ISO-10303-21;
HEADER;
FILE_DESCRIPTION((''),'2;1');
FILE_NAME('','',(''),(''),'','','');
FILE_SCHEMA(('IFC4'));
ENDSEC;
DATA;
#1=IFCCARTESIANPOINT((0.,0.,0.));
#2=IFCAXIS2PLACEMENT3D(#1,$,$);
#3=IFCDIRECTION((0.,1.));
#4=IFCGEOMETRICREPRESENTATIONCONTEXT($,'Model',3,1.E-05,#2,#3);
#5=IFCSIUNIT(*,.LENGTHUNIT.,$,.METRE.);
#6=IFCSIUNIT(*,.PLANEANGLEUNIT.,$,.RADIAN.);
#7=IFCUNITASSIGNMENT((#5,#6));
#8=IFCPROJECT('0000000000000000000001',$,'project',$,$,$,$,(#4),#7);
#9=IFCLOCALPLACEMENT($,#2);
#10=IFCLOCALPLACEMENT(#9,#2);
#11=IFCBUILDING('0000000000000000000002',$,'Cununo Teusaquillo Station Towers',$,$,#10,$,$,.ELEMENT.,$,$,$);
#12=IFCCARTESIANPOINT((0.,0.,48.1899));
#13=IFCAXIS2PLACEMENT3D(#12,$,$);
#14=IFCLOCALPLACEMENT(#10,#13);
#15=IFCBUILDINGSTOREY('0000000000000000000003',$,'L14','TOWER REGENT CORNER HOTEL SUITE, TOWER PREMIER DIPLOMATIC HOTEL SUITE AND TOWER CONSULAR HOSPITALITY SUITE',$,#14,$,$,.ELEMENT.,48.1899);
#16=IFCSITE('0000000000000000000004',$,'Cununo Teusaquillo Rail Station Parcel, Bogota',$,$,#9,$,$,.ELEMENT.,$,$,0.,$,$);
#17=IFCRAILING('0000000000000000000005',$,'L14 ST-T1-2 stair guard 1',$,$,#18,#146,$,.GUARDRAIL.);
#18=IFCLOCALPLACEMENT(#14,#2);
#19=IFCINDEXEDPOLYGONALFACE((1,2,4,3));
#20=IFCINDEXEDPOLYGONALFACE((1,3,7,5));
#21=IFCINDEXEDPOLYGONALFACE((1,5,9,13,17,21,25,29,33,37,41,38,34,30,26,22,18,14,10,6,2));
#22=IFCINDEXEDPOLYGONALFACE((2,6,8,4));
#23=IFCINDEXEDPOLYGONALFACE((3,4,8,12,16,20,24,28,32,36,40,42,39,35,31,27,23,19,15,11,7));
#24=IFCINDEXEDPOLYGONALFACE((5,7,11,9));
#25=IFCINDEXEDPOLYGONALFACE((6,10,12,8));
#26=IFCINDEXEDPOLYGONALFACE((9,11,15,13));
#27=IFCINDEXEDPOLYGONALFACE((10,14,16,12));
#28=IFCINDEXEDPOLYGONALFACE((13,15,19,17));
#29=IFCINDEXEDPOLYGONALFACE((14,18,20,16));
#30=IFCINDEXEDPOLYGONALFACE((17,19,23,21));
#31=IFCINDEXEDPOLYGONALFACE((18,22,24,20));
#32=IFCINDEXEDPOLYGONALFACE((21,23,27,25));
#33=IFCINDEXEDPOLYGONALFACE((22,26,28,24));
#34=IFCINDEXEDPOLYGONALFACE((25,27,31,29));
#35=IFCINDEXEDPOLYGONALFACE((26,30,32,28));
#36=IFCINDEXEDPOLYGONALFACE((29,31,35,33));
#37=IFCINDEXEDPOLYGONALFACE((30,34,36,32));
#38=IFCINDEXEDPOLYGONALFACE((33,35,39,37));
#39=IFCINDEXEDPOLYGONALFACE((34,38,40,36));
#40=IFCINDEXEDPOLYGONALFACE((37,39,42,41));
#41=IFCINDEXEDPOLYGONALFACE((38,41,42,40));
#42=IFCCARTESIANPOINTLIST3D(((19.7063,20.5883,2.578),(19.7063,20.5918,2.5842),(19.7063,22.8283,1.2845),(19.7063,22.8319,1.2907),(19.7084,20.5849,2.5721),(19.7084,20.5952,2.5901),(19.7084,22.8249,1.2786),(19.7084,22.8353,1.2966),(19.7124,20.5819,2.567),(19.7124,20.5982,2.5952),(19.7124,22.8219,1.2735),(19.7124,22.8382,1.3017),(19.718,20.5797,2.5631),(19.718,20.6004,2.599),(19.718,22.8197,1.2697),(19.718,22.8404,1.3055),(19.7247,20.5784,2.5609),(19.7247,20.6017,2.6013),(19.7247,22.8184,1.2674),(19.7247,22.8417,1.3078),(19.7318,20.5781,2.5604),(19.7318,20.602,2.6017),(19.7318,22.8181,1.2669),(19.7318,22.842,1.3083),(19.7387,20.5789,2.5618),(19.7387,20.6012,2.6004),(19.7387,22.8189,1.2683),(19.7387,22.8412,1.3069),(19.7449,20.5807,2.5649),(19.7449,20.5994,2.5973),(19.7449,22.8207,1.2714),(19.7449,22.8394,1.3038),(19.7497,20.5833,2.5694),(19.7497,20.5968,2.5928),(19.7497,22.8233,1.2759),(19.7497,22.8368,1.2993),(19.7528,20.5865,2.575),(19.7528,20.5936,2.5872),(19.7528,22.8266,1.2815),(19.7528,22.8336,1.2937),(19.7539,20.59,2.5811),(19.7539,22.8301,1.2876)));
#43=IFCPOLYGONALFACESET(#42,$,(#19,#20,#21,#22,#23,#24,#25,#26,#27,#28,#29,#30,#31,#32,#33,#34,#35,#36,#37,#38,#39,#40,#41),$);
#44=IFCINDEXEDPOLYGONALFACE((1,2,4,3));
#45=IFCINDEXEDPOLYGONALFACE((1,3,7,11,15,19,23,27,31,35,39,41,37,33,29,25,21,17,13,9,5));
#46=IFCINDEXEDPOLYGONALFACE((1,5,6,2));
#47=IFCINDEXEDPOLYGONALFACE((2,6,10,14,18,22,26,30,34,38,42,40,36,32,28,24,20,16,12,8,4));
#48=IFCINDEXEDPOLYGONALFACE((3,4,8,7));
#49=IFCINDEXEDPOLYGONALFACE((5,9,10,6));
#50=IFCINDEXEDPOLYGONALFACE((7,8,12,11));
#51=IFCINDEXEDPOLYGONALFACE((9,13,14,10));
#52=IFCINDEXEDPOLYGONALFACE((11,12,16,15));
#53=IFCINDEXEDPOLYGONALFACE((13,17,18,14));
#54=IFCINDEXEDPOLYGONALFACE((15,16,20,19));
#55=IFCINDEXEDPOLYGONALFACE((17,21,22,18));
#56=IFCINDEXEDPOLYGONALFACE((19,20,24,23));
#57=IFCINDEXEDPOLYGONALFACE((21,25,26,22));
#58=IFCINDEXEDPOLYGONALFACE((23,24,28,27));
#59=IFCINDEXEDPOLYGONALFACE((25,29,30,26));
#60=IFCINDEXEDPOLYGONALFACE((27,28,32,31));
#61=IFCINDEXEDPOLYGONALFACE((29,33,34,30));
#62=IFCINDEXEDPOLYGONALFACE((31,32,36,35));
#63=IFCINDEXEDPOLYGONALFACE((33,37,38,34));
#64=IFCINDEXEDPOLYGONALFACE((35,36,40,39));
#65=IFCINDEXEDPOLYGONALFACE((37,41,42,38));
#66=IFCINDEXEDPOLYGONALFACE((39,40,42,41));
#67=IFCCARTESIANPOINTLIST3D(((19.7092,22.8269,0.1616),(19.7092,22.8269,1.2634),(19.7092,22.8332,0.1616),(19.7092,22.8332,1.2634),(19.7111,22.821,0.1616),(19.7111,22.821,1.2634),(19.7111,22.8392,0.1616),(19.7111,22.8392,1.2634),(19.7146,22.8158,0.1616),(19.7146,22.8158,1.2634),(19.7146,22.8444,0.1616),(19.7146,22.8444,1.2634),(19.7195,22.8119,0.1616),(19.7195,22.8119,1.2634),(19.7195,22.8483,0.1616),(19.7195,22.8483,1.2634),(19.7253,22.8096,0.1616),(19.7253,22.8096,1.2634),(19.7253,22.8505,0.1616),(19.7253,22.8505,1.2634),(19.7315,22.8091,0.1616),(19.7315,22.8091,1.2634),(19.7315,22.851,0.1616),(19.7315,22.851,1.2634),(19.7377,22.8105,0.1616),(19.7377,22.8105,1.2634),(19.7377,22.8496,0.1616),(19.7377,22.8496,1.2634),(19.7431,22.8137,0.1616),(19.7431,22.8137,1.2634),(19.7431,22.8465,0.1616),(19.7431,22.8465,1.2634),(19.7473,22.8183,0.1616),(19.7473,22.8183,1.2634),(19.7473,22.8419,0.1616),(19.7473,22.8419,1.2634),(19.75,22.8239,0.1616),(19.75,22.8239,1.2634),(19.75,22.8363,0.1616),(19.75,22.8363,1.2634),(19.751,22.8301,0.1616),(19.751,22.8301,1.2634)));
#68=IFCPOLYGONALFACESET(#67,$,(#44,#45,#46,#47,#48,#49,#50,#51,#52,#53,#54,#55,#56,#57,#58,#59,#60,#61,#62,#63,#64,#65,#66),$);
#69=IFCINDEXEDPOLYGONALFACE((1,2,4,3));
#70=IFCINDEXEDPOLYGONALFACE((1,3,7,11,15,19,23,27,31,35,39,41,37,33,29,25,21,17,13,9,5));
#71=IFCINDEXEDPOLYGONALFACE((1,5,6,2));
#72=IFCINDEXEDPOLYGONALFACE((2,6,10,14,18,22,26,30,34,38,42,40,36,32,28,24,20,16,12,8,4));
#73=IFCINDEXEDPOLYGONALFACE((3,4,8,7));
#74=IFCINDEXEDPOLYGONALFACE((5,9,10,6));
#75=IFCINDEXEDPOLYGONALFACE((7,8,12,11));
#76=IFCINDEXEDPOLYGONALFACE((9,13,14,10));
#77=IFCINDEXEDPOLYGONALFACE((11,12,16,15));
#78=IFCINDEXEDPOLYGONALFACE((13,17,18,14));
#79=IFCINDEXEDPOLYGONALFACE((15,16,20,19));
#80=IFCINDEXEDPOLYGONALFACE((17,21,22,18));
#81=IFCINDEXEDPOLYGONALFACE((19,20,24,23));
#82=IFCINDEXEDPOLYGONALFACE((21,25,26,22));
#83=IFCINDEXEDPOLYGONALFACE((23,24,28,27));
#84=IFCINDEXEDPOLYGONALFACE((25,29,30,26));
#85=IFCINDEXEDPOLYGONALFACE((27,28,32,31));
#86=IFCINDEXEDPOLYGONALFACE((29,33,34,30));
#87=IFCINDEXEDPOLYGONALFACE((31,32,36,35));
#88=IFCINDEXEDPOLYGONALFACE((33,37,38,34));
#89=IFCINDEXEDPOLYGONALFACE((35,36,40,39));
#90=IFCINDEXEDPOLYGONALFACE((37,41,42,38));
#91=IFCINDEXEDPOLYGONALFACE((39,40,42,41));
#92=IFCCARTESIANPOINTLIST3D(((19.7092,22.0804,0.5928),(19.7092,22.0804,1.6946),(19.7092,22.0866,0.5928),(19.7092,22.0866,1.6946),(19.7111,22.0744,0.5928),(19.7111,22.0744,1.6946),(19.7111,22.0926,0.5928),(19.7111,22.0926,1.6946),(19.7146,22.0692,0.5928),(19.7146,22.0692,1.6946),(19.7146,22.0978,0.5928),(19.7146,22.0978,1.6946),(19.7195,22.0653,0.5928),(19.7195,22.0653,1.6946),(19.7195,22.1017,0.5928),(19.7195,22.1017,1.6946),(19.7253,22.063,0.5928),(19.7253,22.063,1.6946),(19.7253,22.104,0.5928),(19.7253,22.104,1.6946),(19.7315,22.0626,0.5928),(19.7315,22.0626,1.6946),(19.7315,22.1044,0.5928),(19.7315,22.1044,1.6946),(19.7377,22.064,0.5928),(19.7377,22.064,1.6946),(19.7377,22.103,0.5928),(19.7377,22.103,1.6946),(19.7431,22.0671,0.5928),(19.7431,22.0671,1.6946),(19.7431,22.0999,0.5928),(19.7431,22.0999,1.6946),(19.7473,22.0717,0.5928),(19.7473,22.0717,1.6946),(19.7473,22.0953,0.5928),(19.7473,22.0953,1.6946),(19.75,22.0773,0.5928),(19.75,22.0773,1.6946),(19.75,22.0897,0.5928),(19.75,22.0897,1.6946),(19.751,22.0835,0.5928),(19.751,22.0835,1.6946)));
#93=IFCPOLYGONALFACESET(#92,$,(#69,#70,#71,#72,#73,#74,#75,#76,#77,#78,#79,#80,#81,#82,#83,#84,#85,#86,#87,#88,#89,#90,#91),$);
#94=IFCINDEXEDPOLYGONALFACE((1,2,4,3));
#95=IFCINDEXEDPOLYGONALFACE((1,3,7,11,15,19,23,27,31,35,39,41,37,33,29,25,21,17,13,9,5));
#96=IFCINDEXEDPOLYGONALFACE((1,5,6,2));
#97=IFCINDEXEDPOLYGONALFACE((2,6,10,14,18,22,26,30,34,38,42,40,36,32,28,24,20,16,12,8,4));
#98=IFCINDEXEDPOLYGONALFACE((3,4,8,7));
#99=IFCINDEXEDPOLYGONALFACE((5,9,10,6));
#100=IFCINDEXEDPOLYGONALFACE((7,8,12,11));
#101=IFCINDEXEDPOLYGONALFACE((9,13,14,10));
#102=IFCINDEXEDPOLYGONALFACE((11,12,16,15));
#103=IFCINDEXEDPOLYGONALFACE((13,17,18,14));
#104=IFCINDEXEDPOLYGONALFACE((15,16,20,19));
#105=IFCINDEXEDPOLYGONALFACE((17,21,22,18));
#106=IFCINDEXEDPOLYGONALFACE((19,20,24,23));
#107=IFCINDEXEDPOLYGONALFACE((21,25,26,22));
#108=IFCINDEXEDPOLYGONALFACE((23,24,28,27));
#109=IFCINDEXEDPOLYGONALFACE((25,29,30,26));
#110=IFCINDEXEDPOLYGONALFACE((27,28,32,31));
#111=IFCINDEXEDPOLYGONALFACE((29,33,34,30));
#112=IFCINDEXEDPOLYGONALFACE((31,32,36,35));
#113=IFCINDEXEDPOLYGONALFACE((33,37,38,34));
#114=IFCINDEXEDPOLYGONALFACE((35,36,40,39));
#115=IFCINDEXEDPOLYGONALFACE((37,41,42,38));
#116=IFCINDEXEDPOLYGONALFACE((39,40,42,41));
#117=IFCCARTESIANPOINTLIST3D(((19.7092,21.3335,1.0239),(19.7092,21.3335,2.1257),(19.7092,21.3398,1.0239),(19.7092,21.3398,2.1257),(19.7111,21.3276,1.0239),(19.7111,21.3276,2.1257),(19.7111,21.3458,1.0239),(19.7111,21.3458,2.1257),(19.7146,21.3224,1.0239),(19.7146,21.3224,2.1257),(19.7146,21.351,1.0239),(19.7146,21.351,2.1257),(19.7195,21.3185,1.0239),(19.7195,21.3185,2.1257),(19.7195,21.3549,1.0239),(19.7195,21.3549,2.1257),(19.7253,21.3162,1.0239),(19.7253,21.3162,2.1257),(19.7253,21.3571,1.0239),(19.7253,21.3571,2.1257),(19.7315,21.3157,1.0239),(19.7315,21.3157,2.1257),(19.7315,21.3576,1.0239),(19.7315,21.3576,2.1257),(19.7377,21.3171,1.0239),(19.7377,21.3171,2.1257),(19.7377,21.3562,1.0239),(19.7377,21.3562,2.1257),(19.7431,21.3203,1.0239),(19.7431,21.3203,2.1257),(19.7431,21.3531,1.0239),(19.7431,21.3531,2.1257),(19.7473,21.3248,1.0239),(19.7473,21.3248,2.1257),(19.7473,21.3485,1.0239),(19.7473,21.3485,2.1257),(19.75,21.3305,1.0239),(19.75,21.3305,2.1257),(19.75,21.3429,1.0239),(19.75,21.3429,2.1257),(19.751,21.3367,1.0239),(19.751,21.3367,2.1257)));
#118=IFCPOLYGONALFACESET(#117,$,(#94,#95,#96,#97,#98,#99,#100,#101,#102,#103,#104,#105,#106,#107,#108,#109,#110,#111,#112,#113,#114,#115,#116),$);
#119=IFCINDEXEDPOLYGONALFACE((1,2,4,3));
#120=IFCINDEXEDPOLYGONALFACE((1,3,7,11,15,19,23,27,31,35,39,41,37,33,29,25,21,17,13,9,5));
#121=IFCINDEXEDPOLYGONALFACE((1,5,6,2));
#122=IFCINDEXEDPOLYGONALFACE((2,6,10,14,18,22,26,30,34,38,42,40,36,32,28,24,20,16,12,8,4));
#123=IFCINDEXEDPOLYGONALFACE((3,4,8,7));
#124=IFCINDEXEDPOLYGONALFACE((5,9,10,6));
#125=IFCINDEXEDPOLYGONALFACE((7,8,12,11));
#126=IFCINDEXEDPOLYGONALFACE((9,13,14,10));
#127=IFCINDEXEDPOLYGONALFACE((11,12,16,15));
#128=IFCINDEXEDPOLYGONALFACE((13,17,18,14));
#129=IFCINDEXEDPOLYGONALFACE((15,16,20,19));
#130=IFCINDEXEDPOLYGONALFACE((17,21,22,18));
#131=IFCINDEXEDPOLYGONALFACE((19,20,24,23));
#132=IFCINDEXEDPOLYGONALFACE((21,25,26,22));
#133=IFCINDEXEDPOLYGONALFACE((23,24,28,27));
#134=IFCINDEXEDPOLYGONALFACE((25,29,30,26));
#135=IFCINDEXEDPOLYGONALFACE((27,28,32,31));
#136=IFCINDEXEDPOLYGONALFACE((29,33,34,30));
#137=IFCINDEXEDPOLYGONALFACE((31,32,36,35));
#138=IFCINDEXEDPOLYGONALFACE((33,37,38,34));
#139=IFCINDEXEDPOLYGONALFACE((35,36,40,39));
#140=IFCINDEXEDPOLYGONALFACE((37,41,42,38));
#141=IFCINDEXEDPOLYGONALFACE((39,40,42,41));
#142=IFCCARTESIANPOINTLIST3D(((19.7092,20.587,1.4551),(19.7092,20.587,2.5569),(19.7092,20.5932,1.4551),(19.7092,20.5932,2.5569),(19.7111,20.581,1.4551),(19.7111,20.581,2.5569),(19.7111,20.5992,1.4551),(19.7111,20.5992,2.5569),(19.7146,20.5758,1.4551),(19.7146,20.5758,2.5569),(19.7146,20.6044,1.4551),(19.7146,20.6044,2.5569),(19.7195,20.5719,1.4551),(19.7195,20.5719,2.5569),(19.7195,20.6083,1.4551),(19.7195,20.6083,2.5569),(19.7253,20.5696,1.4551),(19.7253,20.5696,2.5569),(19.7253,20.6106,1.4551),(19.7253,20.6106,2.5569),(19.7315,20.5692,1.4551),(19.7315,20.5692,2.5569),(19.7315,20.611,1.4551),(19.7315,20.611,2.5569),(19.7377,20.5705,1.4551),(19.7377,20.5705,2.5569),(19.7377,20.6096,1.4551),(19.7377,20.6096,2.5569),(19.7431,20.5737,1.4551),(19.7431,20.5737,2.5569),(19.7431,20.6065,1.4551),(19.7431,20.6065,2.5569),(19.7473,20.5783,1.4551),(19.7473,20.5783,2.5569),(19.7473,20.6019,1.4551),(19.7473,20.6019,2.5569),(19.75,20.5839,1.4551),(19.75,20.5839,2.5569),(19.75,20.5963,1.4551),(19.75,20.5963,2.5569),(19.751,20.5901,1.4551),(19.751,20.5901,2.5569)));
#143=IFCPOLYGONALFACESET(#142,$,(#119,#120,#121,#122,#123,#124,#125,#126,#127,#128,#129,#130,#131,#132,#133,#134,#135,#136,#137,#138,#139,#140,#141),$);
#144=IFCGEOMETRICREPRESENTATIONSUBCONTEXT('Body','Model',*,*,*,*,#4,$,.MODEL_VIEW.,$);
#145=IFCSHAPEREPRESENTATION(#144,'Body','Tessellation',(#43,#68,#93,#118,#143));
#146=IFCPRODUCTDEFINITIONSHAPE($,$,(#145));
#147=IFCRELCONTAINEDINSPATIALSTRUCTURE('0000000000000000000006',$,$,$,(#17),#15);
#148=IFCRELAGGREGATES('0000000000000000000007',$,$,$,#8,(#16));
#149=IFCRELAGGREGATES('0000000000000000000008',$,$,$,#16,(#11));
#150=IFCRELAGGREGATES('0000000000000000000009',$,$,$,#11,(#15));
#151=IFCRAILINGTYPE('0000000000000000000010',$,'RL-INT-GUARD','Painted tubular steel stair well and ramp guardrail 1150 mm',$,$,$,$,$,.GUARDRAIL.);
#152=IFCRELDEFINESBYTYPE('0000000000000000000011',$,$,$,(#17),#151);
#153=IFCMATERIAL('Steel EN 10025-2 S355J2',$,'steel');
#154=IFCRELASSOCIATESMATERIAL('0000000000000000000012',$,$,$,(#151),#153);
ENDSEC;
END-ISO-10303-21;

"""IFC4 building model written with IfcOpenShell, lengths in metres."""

from ifc_helpers import new_model, si_unit, direction, frame, origin, origin_2d, place, context, subcontext, project, spatial, circle, extrude, material, type_object, element, save


model = new_model("IFC4")

# Units and contexts
model_context = context("Model", 3, precision=1e-05, world=origin(), true_north=direction((0.0, 1.0)))
body_context = subcontext(model_context, "Body", "Model", "MODEL_VIEW")
ifc_project = project(units=[si_unit("LENGTHUNIT", "METRE"), si_unit("PLANEANGLEUNIT", "RADIAN")], contexts=[model_context])

# Site, building, storey
site_placement = place(None, origin())
site = spatial("IfcSite", under=ifc_project, at=site_placement, Name="Cununo Teusaquillo Rail Station Parcel, Bogota", CompositionType="ELEMENT", RefElevation=0.0)
building_placement = place(site_placement, origin())
building = spatial("IfcBuilding", under=site, at=building_placement, Name="Cununo Teusaquillo Station Towers", CompositionType="ELEMENT")
storey_placement = place(building_placement, frame((0.0, 0.0, 48.1899)))
storey = spatial("IfcBuildingStorey", under=building, at=storey_placement, Name="L14", Description="TOWER REGENT CORNER HOTEL SUITE, TOWER PREMIER DIPLOMATIC HOTEL SUITE AND TOWER CONSULAR HOSPITALITY SUITE", CompositionType="ELEMENT", Elevation=48.1899)

# Railing
ifc_material_1 = material(Name="Steel EN 10025-2 S355J2", Category="steel")
railing_type_1 = type_object("IfcRailingType", Name="RL-INT-GUARD", Description="Painted tubular steel stair well and ramp guardrail 1150 mm", PredefinedType="GUARDRAIL", material=ifc_material_1)
railing_1_placement = place(storey_placement, frame((19.73, 22.8301, 0.1616)))
element("IfcRailing", 1, at=railing_1_placement, inside=storey, type_object=railing_type_1, Name="L14 ST-T1-2 stair guard 1", PredefinedType="GUARDRAIL", context=body_context, shape_type="SweptSolid", body=[
    extrude(circle(Radius=0.0239, at=origin_2d()), frame((0.0, 0.0, 1.126), z_axis=(0.0, -0.865992, 0.500057), x_axis=(1.0, 0.0, 0.0)), (0.0, 0.0, 1.0), 2.5867),
    extrude(circle(Radius=0.021, at=origin_2d()), origin(), (0.0, 0.0, 1.0), 1.1018),
    extrude(circle(Radius=0.021, at=origin_2d()), frame((0.0, -0.7466, 0.4312)), (0.0, 0.0, 1.0), 1.1018),
    extrude(circle(Radius=0.021, at=origin_2d()), frame((0.0, -1.4934, 0.8623)), (0.0, 0.0, 1.0), 1.1018),
    extrude(circle(Radius=0.021, at=origin_2d()), frame((0.0, -2.24, 1.2935)), (0.0, 0.0, 1.0), 1.1018),
])

save(model, "model.ifc")
